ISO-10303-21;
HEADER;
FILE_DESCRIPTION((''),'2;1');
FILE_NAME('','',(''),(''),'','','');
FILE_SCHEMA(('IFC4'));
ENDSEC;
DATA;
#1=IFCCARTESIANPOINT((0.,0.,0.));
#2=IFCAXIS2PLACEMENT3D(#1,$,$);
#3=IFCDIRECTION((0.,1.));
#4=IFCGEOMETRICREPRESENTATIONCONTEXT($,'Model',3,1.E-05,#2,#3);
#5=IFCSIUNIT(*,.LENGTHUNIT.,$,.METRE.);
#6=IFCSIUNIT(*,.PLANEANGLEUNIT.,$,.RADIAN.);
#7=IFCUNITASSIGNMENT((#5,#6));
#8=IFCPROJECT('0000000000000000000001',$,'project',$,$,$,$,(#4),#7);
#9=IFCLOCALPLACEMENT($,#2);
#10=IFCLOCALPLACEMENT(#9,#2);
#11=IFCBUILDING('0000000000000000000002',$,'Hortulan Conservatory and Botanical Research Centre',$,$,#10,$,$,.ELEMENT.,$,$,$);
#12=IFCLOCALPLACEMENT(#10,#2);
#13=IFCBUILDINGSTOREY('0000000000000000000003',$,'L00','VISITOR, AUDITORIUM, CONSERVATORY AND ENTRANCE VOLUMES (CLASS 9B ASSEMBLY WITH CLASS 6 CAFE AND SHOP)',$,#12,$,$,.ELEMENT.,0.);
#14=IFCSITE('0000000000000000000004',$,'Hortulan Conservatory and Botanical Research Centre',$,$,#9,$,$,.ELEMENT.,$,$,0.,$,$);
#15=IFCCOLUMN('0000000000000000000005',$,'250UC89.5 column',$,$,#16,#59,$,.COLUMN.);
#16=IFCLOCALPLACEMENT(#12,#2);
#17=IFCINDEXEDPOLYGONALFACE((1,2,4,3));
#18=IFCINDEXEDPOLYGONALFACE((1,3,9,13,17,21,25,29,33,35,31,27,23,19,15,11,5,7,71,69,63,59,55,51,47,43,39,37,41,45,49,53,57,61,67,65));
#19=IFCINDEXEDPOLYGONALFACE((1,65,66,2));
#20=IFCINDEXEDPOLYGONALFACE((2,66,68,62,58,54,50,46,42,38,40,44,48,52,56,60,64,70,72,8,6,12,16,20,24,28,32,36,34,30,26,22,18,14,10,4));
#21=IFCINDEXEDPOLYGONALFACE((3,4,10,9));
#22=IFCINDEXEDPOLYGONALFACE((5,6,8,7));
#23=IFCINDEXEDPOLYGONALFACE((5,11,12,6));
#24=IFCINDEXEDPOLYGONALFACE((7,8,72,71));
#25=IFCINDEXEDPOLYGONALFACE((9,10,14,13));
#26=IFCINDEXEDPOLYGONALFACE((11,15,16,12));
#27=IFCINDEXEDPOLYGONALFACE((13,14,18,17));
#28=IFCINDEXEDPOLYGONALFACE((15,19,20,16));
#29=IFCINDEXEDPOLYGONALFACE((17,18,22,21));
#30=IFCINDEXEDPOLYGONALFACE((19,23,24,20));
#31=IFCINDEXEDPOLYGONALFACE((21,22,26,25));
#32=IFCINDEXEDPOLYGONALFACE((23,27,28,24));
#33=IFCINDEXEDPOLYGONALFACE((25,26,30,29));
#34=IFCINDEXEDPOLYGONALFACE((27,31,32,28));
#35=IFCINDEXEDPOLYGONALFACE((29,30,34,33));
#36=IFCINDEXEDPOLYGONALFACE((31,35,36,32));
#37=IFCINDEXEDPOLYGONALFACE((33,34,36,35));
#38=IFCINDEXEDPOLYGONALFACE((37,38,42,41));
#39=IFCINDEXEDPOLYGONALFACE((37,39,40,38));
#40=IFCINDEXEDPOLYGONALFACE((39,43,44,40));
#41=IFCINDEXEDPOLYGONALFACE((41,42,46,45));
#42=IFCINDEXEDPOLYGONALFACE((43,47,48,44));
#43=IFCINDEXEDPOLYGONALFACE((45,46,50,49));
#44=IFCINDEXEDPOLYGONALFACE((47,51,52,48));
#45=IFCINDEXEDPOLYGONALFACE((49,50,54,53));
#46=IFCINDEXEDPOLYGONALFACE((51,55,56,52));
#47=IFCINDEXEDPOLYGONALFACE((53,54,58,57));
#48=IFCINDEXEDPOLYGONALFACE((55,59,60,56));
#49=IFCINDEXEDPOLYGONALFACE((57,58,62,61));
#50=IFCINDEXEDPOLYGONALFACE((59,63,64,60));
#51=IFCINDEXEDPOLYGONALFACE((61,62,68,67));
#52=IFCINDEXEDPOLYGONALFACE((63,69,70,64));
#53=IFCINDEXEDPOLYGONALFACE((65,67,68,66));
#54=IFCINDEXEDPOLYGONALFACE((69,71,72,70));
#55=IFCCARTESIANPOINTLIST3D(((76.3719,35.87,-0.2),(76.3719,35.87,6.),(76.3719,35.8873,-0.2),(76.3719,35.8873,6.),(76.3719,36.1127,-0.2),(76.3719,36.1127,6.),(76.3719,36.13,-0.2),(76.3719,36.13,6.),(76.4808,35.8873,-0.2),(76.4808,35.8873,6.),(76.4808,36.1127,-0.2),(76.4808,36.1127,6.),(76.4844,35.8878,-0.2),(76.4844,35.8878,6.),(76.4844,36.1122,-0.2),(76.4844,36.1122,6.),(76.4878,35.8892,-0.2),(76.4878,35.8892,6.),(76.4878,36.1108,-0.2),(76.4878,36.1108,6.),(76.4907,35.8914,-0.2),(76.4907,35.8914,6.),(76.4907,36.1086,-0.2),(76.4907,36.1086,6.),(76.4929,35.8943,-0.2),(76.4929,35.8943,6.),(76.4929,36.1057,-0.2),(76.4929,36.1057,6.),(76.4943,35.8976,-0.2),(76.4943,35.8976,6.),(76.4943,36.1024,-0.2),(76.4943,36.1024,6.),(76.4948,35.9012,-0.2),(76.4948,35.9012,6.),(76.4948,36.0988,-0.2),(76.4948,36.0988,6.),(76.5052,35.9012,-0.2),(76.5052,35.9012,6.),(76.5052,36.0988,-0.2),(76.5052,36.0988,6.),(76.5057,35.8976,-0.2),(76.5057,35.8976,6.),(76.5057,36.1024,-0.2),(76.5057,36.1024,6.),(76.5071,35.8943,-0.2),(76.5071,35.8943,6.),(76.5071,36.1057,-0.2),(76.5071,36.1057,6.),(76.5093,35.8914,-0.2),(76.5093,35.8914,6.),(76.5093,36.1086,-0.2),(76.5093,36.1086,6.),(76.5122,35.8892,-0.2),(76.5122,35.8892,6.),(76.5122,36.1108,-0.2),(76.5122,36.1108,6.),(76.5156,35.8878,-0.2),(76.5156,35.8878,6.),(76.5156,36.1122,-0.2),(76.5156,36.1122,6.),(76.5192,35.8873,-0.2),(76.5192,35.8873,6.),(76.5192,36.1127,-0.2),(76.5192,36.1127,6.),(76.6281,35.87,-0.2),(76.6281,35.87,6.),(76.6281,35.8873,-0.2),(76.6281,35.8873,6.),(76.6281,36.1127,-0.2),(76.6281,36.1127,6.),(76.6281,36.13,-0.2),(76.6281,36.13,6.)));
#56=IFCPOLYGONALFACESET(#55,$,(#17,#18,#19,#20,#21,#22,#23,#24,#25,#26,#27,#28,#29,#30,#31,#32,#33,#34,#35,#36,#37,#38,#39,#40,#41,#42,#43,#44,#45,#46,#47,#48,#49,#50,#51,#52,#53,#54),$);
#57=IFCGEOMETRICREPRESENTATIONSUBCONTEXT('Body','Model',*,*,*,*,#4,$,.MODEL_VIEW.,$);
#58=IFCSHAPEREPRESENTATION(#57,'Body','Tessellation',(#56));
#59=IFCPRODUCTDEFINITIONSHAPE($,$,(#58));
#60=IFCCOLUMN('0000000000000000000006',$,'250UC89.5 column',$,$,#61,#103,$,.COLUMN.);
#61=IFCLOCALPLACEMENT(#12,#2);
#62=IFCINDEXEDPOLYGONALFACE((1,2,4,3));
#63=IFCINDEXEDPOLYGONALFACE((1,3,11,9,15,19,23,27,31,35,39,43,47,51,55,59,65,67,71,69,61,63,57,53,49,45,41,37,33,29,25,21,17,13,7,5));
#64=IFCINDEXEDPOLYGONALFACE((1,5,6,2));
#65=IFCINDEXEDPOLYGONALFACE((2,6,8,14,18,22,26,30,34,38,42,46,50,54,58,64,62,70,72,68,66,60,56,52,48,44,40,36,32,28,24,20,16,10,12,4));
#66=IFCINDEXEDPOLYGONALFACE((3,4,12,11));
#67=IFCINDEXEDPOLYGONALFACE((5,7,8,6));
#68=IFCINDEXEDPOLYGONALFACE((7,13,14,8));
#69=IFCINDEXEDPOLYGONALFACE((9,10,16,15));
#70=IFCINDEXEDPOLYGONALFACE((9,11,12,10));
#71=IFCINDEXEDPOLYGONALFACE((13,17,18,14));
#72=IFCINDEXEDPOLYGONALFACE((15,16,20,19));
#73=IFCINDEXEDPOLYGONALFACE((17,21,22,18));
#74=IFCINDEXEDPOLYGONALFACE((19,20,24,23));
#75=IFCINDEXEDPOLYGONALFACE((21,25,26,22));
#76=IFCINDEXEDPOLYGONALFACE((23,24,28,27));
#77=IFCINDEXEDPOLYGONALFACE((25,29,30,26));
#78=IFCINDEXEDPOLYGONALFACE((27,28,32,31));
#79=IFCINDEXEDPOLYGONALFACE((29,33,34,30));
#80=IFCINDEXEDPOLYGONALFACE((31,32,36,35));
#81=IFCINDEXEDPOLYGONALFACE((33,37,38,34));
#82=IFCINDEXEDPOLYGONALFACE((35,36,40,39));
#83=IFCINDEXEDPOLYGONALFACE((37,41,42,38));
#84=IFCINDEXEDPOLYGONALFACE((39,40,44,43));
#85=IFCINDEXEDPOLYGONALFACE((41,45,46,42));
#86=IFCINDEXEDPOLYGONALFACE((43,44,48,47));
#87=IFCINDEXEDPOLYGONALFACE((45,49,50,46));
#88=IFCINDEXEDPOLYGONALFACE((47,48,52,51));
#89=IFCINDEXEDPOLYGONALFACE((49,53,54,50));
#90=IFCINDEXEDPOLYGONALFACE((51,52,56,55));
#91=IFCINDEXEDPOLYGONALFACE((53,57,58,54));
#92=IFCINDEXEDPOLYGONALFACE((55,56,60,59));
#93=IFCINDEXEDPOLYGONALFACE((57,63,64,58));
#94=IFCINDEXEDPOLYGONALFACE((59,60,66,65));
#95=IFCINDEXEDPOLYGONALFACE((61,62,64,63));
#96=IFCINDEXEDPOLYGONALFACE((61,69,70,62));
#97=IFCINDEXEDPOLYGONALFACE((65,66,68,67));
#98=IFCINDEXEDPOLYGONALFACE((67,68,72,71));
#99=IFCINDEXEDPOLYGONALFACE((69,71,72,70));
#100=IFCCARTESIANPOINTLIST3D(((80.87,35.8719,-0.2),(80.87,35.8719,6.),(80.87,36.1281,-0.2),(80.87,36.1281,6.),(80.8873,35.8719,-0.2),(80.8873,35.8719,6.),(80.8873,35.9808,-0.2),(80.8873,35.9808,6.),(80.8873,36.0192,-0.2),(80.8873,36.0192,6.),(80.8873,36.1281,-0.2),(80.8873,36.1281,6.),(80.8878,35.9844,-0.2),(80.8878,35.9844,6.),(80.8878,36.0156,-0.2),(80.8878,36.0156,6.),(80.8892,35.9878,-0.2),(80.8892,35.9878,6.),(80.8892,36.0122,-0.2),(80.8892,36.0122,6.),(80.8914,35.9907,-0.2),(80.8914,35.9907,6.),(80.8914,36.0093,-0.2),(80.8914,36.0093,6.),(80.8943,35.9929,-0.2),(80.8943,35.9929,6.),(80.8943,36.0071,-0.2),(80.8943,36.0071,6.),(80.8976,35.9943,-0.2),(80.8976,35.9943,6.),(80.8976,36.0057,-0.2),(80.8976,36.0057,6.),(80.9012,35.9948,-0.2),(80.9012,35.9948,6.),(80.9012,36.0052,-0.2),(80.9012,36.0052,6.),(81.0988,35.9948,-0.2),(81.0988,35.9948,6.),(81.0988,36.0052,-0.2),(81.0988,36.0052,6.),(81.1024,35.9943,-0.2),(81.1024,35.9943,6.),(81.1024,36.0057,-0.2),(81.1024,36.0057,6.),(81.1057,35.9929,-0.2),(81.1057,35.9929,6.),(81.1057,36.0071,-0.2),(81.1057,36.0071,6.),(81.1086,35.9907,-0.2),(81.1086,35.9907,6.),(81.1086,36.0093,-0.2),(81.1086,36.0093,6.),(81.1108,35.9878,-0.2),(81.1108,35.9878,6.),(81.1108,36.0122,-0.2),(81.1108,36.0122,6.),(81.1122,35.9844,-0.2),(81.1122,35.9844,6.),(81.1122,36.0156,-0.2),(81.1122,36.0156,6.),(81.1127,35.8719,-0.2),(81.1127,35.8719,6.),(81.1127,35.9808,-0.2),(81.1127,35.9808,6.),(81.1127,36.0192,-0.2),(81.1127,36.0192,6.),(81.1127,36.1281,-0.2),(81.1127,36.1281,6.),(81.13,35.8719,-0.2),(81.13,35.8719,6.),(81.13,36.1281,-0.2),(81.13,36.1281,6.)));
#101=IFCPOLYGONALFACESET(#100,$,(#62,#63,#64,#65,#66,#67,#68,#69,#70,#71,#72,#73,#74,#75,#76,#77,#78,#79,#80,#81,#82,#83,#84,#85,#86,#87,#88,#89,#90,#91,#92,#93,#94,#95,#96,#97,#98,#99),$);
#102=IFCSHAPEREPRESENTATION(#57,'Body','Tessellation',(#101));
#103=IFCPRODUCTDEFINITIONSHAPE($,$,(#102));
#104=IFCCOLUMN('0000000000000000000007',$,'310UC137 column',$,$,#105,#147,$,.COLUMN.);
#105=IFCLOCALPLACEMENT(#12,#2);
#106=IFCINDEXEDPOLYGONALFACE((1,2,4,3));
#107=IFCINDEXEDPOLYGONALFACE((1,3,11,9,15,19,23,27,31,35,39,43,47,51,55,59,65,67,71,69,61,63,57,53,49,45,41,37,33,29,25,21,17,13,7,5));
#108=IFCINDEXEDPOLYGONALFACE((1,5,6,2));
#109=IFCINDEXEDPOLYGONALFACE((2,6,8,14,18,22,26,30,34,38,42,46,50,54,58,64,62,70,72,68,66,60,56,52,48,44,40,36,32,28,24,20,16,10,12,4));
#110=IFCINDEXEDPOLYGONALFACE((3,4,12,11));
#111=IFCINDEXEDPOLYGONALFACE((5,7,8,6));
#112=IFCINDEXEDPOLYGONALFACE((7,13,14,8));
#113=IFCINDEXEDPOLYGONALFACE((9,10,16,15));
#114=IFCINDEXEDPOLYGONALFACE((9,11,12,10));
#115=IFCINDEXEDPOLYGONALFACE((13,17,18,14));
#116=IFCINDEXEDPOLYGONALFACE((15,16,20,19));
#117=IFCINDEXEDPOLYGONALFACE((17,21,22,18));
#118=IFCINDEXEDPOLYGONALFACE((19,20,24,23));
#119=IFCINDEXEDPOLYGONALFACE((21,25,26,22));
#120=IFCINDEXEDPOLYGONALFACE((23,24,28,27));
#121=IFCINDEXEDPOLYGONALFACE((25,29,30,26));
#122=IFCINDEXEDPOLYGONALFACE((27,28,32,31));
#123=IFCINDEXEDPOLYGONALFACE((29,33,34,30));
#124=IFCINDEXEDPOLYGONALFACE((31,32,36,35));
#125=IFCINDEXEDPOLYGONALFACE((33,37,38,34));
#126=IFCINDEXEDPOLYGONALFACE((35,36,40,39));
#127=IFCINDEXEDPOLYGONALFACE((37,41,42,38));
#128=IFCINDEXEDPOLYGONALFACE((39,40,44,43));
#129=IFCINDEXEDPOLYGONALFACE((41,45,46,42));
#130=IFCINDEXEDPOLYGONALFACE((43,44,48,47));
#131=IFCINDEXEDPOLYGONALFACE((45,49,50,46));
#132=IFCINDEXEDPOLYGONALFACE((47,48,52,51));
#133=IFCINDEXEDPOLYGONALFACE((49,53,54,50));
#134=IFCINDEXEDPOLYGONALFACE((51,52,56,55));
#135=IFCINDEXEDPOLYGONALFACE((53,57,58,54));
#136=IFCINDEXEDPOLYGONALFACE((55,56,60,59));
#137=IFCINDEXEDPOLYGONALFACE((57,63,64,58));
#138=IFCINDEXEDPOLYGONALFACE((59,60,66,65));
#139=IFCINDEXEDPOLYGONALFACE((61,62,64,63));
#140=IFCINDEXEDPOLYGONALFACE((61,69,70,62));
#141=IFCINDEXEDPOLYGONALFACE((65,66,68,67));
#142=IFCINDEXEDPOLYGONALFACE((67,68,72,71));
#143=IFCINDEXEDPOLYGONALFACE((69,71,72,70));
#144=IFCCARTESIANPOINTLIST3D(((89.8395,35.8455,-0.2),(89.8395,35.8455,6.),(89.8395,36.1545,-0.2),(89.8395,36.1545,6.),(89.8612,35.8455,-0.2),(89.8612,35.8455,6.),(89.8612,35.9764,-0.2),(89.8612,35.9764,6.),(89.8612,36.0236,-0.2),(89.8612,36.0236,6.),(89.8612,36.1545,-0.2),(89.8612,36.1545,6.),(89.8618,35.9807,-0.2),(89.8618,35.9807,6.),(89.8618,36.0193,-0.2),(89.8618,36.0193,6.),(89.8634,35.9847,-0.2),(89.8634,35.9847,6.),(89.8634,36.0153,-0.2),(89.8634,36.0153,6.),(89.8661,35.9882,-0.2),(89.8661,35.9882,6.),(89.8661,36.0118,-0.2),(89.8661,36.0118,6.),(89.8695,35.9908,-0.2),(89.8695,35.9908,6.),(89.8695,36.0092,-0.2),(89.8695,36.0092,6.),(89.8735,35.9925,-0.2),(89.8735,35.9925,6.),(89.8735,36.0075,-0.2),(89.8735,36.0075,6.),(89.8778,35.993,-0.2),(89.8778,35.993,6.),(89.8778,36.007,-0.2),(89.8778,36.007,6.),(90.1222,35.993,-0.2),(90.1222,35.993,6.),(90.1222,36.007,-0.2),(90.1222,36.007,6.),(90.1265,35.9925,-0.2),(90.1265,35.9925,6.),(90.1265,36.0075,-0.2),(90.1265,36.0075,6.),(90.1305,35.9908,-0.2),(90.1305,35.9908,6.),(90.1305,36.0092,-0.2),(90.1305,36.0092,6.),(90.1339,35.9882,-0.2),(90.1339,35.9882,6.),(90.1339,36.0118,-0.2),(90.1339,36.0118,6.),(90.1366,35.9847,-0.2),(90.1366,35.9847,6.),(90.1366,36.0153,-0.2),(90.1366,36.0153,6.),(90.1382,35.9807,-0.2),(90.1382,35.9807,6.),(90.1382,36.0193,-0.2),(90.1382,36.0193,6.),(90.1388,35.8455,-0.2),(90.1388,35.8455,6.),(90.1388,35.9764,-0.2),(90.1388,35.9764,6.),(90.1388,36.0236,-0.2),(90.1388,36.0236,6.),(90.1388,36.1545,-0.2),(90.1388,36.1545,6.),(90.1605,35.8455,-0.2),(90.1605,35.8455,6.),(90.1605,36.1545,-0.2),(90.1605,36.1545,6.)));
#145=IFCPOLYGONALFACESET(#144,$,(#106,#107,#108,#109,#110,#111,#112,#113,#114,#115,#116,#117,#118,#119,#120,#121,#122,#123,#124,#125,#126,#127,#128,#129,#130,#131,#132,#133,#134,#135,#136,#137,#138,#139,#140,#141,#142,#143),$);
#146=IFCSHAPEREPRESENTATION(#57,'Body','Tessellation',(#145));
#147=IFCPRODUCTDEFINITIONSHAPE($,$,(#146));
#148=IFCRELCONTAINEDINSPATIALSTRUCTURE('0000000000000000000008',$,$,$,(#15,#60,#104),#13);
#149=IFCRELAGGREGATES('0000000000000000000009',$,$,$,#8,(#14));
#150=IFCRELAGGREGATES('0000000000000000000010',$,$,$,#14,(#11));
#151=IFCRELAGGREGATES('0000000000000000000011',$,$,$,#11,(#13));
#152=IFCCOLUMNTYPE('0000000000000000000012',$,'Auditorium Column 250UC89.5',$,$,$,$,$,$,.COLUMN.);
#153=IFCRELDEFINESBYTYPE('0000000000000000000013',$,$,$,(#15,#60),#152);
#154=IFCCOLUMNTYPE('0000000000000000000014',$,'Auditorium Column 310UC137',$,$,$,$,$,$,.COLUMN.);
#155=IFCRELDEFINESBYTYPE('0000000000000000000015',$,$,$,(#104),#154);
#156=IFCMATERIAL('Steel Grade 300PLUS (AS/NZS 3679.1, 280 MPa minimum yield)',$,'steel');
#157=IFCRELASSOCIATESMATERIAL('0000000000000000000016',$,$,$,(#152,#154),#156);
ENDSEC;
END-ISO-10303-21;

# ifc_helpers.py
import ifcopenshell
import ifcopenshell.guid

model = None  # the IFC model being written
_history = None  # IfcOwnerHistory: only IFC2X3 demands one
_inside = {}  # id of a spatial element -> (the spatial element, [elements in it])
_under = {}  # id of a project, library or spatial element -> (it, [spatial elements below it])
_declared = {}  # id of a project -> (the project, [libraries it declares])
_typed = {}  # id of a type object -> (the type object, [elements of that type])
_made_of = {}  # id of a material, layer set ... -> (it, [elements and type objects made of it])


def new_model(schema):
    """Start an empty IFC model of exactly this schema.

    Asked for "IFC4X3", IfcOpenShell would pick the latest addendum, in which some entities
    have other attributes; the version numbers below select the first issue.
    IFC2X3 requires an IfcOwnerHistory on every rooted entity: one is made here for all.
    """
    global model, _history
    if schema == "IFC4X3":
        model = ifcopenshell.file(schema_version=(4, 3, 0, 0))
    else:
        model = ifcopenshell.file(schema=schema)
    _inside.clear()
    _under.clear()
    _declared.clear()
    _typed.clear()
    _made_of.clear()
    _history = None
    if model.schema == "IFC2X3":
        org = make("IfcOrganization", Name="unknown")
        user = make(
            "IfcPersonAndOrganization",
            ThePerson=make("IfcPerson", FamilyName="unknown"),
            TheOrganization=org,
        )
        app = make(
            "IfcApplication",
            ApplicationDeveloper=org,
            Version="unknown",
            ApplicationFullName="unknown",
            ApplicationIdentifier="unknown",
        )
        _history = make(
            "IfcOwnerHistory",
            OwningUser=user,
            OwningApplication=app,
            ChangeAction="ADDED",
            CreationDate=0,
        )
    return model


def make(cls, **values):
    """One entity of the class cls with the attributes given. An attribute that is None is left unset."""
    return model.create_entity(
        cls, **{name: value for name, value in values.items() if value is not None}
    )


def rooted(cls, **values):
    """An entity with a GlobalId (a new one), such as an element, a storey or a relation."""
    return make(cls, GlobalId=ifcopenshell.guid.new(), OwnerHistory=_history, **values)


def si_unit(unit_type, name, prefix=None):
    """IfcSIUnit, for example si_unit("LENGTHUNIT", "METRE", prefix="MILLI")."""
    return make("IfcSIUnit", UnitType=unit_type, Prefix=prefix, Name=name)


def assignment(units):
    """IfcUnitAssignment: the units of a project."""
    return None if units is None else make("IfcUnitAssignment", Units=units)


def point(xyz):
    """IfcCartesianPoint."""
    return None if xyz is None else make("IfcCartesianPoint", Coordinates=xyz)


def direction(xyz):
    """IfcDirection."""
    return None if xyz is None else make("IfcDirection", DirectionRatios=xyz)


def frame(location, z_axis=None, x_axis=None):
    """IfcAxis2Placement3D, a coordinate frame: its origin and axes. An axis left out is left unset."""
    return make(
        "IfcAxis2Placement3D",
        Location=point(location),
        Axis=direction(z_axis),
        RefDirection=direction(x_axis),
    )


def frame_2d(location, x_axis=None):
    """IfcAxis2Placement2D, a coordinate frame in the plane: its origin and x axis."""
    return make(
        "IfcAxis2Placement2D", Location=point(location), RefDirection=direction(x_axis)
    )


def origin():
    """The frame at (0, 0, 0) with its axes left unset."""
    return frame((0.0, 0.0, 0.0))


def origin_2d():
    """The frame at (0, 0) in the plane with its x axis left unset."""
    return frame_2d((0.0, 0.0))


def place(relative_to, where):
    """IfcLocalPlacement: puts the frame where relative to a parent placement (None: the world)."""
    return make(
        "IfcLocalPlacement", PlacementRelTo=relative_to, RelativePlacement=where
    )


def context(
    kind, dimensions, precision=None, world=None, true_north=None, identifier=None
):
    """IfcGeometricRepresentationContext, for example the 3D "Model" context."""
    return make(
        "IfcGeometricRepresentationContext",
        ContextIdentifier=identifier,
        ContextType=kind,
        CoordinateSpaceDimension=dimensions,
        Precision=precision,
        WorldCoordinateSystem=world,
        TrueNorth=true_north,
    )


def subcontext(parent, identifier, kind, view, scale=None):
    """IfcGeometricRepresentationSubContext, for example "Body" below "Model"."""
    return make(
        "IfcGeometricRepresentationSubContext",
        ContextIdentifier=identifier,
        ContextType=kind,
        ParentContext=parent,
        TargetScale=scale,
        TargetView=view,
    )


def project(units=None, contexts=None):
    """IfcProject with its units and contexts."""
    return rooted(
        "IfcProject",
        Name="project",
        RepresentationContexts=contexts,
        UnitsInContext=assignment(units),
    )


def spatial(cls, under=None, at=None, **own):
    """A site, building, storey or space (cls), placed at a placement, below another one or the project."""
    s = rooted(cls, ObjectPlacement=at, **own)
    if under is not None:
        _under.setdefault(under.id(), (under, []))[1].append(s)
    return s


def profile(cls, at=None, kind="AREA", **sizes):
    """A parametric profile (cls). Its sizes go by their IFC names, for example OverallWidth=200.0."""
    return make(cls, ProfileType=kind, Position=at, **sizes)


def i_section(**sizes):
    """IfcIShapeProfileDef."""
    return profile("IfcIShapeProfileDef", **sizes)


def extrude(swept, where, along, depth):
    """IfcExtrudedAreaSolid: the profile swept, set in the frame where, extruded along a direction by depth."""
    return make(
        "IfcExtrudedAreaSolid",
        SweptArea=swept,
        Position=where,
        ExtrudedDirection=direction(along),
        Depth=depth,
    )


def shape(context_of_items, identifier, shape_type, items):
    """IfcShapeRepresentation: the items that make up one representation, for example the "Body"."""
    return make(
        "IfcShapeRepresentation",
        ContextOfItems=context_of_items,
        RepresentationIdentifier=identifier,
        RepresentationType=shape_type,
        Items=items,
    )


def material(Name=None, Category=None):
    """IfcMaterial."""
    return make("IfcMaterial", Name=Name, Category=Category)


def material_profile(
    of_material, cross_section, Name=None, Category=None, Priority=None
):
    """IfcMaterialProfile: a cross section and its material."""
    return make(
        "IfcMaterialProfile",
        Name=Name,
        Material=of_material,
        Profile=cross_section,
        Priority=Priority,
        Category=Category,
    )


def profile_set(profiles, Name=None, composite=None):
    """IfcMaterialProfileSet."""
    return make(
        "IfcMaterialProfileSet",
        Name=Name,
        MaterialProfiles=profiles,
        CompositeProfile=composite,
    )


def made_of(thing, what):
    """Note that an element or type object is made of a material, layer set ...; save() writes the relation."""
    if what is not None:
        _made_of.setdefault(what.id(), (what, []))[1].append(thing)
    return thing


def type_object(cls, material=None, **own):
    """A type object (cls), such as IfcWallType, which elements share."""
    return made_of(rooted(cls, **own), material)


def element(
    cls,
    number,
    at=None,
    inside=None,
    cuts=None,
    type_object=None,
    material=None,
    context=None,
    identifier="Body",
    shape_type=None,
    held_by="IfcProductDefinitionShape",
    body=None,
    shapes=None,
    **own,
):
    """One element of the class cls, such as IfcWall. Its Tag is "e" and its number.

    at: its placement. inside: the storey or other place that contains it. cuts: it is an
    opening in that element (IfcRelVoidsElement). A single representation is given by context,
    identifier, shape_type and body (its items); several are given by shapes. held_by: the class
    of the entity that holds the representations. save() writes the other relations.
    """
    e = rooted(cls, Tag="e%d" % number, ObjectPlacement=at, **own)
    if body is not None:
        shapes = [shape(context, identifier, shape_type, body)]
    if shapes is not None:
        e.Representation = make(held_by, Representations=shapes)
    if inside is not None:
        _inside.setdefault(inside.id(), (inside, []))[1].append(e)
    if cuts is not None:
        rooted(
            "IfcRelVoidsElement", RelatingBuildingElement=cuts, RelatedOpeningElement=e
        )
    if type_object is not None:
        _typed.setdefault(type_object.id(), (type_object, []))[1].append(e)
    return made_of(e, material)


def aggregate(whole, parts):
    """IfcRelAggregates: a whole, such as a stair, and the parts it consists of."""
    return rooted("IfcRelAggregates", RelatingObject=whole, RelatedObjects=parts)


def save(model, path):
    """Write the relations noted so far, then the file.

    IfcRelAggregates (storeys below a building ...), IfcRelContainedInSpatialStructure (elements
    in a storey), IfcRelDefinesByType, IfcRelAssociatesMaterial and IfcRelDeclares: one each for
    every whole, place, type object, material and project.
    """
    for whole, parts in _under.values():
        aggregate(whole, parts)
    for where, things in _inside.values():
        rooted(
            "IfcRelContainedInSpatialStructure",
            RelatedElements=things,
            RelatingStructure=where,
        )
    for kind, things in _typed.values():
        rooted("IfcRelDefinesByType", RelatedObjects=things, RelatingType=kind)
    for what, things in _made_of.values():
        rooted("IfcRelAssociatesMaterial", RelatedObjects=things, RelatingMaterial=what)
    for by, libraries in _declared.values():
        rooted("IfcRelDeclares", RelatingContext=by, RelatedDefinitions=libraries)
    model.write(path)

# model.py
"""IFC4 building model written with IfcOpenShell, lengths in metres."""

from ifc_helpers import new_model, si_unit, direction, frame, origin, origin_2d, place, context, subcontext, project, spatial, i_section, extrude, material, material_profile, profile_set, type_object, element, save


model = new_model("IFC4")

# Units and contexts
model_context = context("Model", 3, precision=1e-05, world=origin(), true_north=direction((0.0, 1.0)))
body_context = subcontext(model_context, "Body", "Model", "MODEL_VIEW")
ifc_project = project(units=[si_unit("LENGTHUNIT", "METRE"), si_unit("PLANEANGLEUNIT", "RADIAN")], contexts=[model_context])

# Site, building, storey
site_placement = place(None, origin())
site = spatial("IfcSite", under=ifc_project, at=site_placement, Name="Hortulan Conservatory and Botanical Research Centre", CompositionType="ELEMENT", RefElevation=0.0)
building_placement = place(site_placement, origin())
building = spatial("IfcBuilding", under=site, at=building_placement, Name="Hortulan Conservatory and Botanical Research Centre", CompositionType="ELEMENT")
storey_placement = place(building_placement, origin())
storey = spatial("IfcBuildingStorey", under=building, at=storey_placement, Name="L00", Description="VISITOR, AUDITORIUM, CONSERVATORY AND ENTRANCE VOLUMES (CLASS 9B ASSEMBLY WITH CLASS 6 CAFE AND SHOP)", CompositionType="ELEMENT", Elevation=0.0)

# Columns
ifc_material_1 = material(Name="Steel Grade 300PLUS (AS/NZS 3679.1, 280 MPa minimum yield)", Category="steel")
ifc_material_profile_1 = material_profile(ifc_material_1, i_section(OverallWidth=0.2561, OverallDepth=0.26, WebThickness=0.0105, FlangeThickness=0.0173, FilletRadius=0.0139, at=origin_2d()), Name="250UC89.5")
ifc_profile_set_1 = profile_set([ifc_material_profile_1], Name="Steel Grade 300PLUS (AS/NZS 3679.1, 280 MPa minimum yield)")
column_type_1 = type_object("IfcColumnType", Name="Auditorium Column 250UC89.5", PredefinedType="COLUMN", material=ifc_profile_set_1)
for number, where, z_axis, x_axis, name in (
    (1, (76.5, 36.0, -0.2), (0.0, 0.0, 1.0), (1.0, 0.0, 0.0), "250UC89.5 column"),
    (2, (81.0, 36.0, -0.2), (0.0, 0.0, 1.0), (0.0, 1.0, 0.0), "250UC89.5 column"),
):
    element("IfcColumn", number, at=place(storey_placement, frame(where, z_axis=z_axis, x_axis=x_axis)), inside=storey, type_object=column_type_1, Name=name, PredefinedType="COLUMN", context=body_context, shape_type="SweptSolid", body=[
        extrude(i_section(OverallWidth=0.2561, OverallDepth=0.26, WebThickness=0.0105, FlangeThickness=0.0173, FilletRadius=0.0139, at=origin_2d()), origin(), (0.0, 0.0, 1.0), 6.2),
    ])
ifc_material_profile_2 = material_profile(ifc_material_1, i_section(OverallWidth=0.3091, OverallDepth=0.321, WebThickness=0.0139, FlangeThickness=0.0217, FilletRadius=0.0166, at=origin_2d()), Name="310UC137")
ifc_profile_set_2 = profile_set([ifc_material_profile_2], Name="Steel Grade 300PLUS (AS/NZS 3679.1, 280 MPa minimum yield)")
column_type_2 = type_object("IfcColumnType", Name="Auditorium Column 310UC137", PredefinedType="COLUMN", material=ifc_profile_set_2)
column_placement = place(storey_placement, frame((90.0, 36.0, -0.2), z_axis=(0.0, 0.0, 1.0), x_axis=(0.0, 1.0, 0.0)))
element("IfcColumn", 3, at=column_placement, inside=storey, type_object=column_type_2, Name="310UC137 column", PredefinedType="COLUMN", context=body_context, shape_type="SweptSolid", body=[
    extrude(i_section(OverallWidth=0.3091, OverallDepth=0.321, WebThickness=0.0139, FlangeThickness=0.0217, FilletRadius=0.0166, at=origin_2d()), origin(), (0.0, 0.0, 1.0), 6.2),
])

save(model, "model.ifc")
